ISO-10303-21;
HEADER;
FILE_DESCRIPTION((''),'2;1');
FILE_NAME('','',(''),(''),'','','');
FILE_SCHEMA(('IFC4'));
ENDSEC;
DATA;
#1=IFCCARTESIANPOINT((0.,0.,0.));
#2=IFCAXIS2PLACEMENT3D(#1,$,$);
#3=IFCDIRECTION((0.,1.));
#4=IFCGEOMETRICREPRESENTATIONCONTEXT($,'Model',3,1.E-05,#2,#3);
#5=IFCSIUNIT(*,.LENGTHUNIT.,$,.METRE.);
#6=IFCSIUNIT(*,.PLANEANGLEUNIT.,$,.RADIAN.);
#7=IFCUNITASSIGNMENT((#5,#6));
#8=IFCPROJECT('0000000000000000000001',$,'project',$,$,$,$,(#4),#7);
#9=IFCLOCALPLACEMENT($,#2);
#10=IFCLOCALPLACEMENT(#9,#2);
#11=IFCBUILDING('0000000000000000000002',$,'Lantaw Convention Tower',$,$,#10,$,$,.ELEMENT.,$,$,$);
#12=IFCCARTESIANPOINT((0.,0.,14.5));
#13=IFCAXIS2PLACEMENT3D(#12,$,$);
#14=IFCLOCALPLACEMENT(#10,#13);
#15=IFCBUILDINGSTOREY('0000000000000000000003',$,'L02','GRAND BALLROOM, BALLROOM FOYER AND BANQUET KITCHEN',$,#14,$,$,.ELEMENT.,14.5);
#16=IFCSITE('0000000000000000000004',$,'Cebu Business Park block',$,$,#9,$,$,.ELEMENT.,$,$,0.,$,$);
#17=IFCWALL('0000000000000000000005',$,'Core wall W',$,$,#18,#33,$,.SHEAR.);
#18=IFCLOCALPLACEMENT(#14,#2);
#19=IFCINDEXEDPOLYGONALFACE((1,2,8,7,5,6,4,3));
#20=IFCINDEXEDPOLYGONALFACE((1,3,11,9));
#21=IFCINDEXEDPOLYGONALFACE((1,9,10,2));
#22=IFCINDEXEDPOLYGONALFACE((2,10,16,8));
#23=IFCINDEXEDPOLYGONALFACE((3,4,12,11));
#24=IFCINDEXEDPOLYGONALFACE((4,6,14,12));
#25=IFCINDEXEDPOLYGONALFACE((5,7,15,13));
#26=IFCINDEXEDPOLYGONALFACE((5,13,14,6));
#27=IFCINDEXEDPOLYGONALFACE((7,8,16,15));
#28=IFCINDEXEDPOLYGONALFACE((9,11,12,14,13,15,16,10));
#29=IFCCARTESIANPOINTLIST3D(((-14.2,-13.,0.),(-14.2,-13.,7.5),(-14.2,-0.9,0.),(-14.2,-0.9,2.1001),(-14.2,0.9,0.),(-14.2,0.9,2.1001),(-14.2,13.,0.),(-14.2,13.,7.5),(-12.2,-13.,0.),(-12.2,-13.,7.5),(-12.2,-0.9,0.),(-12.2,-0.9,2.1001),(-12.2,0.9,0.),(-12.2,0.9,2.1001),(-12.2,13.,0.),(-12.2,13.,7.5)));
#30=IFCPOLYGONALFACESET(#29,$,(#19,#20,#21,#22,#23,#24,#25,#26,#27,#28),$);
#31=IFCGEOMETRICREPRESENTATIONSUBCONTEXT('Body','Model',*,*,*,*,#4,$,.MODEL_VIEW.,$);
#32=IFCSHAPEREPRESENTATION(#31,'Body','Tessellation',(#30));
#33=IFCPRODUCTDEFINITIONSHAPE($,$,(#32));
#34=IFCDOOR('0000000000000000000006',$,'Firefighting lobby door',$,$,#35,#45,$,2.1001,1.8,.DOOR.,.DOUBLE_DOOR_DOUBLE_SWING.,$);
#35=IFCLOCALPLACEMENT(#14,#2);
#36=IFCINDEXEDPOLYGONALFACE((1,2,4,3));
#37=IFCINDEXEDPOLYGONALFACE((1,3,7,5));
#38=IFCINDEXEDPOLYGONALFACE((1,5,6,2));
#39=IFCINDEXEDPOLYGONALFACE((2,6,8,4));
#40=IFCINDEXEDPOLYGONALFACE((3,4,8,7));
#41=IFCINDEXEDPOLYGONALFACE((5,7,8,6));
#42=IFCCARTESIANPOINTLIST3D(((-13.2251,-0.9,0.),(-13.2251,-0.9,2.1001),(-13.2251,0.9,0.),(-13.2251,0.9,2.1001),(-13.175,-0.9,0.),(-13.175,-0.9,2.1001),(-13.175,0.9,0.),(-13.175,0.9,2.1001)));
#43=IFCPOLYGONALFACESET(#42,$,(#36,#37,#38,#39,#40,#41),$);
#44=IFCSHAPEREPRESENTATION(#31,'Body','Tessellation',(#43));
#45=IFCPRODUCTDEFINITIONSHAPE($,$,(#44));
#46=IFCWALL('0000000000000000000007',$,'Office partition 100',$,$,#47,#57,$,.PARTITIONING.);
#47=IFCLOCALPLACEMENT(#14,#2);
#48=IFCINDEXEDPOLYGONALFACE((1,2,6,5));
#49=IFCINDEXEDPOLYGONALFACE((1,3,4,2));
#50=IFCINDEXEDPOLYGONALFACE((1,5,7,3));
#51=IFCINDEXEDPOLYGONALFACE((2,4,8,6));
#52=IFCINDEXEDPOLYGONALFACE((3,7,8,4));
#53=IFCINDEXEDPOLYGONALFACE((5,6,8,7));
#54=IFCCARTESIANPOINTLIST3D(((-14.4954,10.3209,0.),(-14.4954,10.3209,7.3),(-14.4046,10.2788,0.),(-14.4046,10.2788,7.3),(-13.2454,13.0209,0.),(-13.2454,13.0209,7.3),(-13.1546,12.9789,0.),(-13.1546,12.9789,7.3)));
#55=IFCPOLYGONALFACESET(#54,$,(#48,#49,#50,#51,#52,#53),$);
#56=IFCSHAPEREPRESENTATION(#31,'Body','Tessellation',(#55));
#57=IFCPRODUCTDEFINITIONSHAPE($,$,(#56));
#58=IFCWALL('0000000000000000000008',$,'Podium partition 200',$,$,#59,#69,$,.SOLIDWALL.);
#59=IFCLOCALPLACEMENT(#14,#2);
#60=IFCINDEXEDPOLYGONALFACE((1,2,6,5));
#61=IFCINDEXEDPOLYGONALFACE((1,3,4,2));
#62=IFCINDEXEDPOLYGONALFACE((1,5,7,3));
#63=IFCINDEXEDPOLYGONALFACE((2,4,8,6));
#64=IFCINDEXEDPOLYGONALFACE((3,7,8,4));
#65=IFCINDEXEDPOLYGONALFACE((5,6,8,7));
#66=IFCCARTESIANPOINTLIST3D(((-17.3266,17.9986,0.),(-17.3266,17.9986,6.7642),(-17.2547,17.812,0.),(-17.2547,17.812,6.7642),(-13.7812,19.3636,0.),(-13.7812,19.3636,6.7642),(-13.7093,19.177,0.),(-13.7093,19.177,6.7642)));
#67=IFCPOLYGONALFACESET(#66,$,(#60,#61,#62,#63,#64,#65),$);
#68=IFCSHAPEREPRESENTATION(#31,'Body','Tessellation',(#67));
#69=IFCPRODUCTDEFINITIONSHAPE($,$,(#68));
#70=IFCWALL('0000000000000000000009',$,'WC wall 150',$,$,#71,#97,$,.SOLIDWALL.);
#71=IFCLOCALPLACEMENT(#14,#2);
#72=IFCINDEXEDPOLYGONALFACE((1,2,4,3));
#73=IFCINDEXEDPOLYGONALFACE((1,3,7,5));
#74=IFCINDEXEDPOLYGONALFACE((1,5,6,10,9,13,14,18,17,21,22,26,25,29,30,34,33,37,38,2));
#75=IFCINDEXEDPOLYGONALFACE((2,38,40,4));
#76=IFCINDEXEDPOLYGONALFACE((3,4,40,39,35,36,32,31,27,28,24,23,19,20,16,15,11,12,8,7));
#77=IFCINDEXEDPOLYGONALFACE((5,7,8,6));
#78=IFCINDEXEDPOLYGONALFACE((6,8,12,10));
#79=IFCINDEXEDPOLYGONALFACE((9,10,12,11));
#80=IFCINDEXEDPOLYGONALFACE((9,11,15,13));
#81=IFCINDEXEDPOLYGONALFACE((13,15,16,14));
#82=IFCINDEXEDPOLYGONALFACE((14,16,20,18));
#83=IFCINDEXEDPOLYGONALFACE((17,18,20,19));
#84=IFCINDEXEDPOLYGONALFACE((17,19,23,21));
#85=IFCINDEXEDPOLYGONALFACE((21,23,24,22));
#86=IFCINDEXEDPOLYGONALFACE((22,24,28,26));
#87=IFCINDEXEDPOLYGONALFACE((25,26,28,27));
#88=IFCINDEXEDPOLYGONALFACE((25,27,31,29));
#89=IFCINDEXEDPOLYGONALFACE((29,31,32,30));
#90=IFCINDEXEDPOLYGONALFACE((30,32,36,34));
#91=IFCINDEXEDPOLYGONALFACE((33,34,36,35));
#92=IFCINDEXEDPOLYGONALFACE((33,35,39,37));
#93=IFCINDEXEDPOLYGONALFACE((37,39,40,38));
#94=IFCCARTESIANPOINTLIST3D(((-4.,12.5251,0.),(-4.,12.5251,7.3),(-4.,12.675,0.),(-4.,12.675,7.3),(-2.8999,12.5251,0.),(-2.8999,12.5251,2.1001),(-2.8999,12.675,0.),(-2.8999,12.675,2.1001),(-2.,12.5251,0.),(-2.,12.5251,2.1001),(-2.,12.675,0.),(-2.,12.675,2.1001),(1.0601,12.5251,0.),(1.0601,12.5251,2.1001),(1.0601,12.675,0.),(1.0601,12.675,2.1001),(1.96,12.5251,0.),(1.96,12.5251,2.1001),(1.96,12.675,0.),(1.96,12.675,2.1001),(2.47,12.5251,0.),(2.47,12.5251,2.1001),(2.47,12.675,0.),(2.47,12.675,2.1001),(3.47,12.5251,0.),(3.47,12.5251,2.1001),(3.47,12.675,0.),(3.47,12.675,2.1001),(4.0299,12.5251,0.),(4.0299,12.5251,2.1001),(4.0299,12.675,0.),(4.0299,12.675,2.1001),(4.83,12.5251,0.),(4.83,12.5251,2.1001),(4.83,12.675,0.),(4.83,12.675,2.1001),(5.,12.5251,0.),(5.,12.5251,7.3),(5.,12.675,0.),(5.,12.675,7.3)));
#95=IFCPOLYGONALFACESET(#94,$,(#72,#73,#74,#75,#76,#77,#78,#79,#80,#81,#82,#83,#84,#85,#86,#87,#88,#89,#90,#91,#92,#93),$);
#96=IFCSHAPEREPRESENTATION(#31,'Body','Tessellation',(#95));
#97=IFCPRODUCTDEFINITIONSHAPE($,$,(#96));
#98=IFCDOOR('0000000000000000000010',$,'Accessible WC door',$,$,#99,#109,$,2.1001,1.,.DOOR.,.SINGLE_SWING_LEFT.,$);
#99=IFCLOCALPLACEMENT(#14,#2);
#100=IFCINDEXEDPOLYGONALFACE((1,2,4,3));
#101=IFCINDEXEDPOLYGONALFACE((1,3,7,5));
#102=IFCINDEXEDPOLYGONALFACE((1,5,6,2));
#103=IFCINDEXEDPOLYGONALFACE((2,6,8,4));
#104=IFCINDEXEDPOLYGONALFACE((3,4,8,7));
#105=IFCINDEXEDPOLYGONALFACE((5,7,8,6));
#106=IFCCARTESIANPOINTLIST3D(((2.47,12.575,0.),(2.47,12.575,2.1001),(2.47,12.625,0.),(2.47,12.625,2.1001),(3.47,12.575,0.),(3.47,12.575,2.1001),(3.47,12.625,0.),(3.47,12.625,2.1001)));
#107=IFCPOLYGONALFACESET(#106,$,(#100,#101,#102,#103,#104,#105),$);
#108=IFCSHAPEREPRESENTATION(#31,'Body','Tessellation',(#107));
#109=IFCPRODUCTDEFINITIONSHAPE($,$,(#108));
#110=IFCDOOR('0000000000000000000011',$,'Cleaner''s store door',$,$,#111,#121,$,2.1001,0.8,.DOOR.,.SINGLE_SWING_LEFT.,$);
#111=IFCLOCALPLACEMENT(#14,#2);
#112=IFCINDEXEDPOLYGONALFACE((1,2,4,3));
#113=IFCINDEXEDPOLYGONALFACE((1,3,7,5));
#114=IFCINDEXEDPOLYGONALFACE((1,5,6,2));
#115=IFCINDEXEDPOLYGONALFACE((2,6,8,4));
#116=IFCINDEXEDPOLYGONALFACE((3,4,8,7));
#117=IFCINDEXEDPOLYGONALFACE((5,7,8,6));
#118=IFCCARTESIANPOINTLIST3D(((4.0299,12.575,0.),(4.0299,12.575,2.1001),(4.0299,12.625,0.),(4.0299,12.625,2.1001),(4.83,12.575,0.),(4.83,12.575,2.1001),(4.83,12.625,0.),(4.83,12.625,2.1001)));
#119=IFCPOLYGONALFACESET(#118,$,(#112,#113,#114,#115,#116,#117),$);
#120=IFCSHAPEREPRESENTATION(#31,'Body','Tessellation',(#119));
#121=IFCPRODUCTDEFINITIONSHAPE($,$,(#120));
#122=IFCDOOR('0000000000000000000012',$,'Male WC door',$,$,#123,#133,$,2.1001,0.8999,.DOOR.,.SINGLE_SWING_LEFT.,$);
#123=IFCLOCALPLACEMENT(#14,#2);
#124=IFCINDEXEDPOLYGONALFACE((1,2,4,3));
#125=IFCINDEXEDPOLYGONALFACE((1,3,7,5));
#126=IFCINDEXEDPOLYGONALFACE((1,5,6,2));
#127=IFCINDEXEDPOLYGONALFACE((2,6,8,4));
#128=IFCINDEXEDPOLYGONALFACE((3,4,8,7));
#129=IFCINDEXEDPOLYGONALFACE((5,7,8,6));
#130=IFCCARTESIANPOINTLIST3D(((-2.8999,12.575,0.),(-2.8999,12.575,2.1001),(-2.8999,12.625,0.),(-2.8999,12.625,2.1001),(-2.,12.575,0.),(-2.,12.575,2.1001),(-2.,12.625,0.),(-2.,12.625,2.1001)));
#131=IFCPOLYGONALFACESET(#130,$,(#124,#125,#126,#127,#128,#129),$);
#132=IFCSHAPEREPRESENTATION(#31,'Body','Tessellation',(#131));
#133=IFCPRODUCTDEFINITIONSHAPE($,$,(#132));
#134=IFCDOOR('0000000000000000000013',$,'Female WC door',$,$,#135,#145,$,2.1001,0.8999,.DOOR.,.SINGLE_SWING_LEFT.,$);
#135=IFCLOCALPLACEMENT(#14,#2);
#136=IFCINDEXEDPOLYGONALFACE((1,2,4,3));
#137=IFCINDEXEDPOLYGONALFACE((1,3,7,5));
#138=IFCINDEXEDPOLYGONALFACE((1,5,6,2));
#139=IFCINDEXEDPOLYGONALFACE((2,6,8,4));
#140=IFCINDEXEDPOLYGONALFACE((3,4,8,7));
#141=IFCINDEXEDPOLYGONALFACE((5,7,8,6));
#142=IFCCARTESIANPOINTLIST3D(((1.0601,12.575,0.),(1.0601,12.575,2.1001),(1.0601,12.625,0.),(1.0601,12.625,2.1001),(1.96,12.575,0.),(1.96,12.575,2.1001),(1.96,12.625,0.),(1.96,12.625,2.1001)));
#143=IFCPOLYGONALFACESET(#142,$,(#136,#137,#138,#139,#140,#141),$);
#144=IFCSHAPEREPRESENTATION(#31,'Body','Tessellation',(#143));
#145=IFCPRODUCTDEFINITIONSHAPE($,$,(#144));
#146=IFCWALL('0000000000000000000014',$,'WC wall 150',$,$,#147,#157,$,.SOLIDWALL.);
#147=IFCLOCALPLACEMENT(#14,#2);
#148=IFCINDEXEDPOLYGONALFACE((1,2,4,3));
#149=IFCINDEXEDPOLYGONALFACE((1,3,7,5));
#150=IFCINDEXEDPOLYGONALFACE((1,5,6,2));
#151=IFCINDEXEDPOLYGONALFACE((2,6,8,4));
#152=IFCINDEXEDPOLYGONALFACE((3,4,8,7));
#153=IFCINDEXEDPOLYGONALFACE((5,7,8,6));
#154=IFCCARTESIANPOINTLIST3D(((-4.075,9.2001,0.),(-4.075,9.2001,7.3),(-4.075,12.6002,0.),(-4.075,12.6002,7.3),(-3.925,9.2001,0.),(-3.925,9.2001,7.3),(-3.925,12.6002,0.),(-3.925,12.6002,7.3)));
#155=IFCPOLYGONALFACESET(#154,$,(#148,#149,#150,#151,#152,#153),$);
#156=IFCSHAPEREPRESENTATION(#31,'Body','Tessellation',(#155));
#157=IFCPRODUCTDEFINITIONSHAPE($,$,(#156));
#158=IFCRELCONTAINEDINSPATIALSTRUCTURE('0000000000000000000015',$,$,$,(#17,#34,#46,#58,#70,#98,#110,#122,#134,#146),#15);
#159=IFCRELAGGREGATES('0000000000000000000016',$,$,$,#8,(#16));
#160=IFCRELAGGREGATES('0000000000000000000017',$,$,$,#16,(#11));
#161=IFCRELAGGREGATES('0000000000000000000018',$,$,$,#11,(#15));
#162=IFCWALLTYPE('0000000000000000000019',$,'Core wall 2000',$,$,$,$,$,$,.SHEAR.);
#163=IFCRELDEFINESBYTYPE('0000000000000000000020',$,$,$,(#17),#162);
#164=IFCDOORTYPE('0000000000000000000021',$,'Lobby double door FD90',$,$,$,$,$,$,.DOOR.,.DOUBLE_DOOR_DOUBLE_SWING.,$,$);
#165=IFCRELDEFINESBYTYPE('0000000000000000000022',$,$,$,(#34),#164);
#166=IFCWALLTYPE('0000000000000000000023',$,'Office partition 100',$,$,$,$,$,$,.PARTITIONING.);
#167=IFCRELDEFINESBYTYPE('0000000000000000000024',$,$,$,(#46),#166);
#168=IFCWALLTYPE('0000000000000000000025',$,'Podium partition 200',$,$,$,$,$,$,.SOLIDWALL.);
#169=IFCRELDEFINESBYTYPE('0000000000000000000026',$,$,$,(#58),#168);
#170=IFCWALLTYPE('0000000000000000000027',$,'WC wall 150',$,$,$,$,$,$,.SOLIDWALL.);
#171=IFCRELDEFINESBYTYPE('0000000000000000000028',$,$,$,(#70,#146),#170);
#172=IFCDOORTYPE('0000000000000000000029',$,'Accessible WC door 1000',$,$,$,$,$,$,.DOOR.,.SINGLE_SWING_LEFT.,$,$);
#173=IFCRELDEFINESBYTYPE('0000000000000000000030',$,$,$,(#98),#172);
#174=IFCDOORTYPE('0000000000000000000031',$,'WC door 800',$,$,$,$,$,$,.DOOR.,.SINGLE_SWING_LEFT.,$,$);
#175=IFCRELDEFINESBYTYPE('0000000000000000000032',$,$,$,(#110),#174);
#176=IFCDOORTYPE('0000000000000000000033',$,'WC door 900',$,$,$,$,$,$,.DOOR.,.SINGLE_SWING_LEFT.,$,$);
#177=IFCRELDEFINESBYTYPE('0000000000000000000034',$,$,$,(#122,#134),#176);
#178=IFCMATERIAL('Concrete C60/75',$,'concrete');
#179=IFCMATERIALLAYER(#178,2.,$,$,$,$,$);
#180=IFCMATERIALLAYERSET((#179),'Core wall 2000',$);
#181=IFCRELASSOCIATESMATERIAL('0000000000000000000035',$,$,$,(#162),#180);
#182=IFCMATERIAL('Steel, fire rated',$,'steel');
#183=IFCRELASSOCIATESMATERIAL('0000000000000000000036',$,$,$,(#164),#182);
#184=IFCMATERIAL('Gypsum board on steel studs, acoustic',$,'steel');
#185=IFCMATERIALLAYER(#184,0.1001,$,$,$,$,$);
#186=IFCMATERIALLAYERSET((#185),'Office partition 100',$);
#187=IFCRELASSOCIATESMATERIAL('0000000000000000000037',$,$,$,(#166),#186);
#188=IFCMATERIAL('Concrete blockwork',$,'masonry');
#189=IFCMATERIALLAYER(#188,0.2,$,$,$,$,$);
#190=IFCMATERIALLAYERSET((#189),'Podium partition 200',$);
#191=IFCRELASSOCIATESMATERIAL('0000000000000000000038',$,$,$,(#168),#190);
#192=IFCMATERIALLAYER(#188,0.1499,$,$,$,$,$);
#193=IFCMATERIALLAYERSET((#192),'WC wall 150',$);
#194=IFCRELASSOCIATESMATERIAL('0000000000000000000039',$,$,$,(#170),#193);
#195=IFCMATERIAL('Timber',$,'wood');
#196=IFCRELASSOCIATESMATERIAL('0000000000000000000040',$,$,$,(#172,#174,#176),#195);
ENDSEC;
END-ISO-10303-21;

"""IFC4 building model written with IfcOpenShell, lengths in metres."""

from ifc_helpers import new_model, si_unit, direction, frame, frame_2d, origin, place, context, subcontext, project, spatial, rectangle, extrude, material, layer, layer_set, type_object, element, fill, save


model = new_model("IFC4")

# Units and contexts
model_context = context("Model", 3, precision=1e-05, world=origin(), true_north=direction((0.0, 1.0)))
body_context = subcontext(model_context, "Body", "Model", "MODEL_VIEW")
ifc_project = project(units=[si_unit("LENGTHUNIT", "METRE"), si_unit("PLANEANGLEUNIT", "RADIAN")], contexts=[model_context])

# Site, building, storey
site_placement = place(None, origin())
site = spatial("IfcSite", under=ifc_project, at=site_placement, Name="Cebu Business Park block", CompositionType="ELEMENT", RefElevation=0.0)
building_placement = place(site_placement, origin())
building = spatial("IfcBuilding", under=site, at=building_placement, Name="Lantaw Convention Tower", CompositionType="ELEMENT")
storey_placement = place(building_placement, frame((0.0, 0.0, 14.5)))
storey = spatial("IfcBuildingStorey", under=building, at=storey_placement, Name="L02", Description="GRAND BALLROOM, BALLROOM FOYER AND BANQUET KITCHEN", CompositionType="ELEMENT", Elevation=14.5)

# Shared definitions
ifc_material_1 = material(Name="Concrete C60/75", Category="concrete")

# Wall, opening, door
ifc_layer_1 = layer(ifc_material_1, 2.0)
ifc_layer_set_1 = layer_set([ifc_layer_1], Name="Core wall 2000")
wall_type_1 = type_object("IfcWallType", Name="Core wall 2000", PredefinedType="SHEAR", material=ifc_layer_set_1)
wall_1_placement = place(storey_placement, frame((-13.2, 13.0, 0.0), z_axis=(0.0, 0.0, 1.0), x_axis=(0.0, -1.0, 0.0)))
wall_1 = element("IfcWall", 1, at=wall_1_placement, inside=storey, type_object=wall_type_1, Name="Core wall W", PredefinedType="SHEAR", context=body_context, shape_type="SweptSolid", body=[
    extrude(rectangle(XDim=26.0, YDim=2.0, at=frame_2d((13.0, 0.0))), origin(), (0.0, 0.0, 1.0), 7.5),
])
opening_1_placement = place(wall_1_placement, frame((12.1001, 0.0, 0.0)))
opening_1 = element("IfcOpeningElement", 2, at=opening_1_placement, cuts=wall_1, PredefinedType="OPENING", context=body_context, shape_type="SweptSolid", body=[
    extrude(rectangle(XDim=1.8, YDim=2.1001, at=frame_2d((0.8999, 1.05))), frame((0.0, 1.01, 0.0), z_axis=(0.0, -1.0, 0.0), x_axis=(1.0, 0.0, 0.0)), (0.0, 0.0, 1.0), 2.02),
])
ifc_material_2 = material(Name="Steel, fire rated", Category="steel")
door_type_1 = type_object("IfcDoorType", Name="Lobby double door FD90", OperationType="DOUBLE_DOOR_DOUBLE_SWING", PredefinedType="DOOR", material=ifc_material_2)
door_1_placement = place(opening_1_placement, origin())
door_1 = element("IfcDoor", 3, at=door_1_placement, inside=storey, type_object=door_type_1, Name="Firefighting lobby door", OperationType="DOUBLE_DOOR_DOUBLE_SWING", OverallHeight=2.1001, OverallWidth=1.8, PredefinedType="DOOR", context=body_context, shape_type="SweptSolid", body=[
    extrude(rectangle(XDim=1.8, YDim=2.1001, at=frame_2d((0.8999, 1.05))), frame((0.0, 0.0249, 0.0), z_axis=(0.0, -1.0, 0.0), x_axis=(1.0, 0.0, 0.0)), (0.0, 0.0, 1.0), 0.05),
])
fill(opening_1, door_1)

# Walls
ifc_material_3 = material(Name="Gypsum board on steel studs, acoustic", Category="steel")
ifc_layer_2 = layer(ifc_material_3, 0.1001)
ifc_layer_set_2 = layer_set([ifc_layer_2], Name="Office partition 100")
wall_type_2 = type_object("IfcWallType", Name="Office partition 100", PredefinedType="PARTITIONING", material=ifc_layer_set_2)
wall_2_placement = place(storey_placement, frame((-13.2, 13.0, 0.0), z_axis=(0.0, 0.0, 1.0), x_axis=(-0.42013, -0.907464, 0.0)))
element("IfcWall", 4, at=wall_2_placement, inside=storey, type_object=wall_type_2, Name="Office partition 100", PredefinedType="PARTITIONING", context=body_context, shape_type="SweptSolid", body=[
    extrude(rectangle(XDim=2.9753, YDim=0.1001, at=frame_2d((1.4878, 0.0))), origin(), (0.0, 0.0, 1.0), 7.3),
])
ifc_material_4 = material(Name="Concrete blockwork", Category="masonry")
ifc_layer_3 = layer(ifc_material_4, 0.2)
ifc_layer_set_3 = layer_set([ifc_layer_3], Name="Podium partition 200")
wall_type_3 = type_object("IfcWallType", Name="Podium partition 200", PredefinedType="SOLIDWALL", material=ifc_layer_set_3)
wall_3_placement = place(storey_placement, frame((-13.7454, 19.2703, 0.0), z_axis=(0.0, 0.0, 1.0), x_axis=(-0.933225, -0.359293, 0.0)))
element("IfcWall", 5, at=wall_3_placement, inside=storey, type_object=wall_type_3, Name="Podium partition 200", PredefinedType="SOLIDWALL", context=body_context, shape_type="SweptSolid", body=[
    extrude(rectangle(XDim=3.7991, YDim=0.2, at=frame_2d((1.8994, 0.0))), origin(), (0.0, 0.0, 1.0), 6.7642),
])

# Wall, openings, doors
ifc_layer_4 = layer(ifc_material_4, 0.1499)
ifc_layer_set_4 = layer_set([ifc_layer_4], Name="WC wall 150")
wall_type_4 = type_object("IfcWallType", Name="WC wall 150", PredefinedType="SOLIDWALL", material=ifc_layer_set_4)
wall_4_placement = place(storey_placement, frame((-4.0, 12.6001, 0.0), z_axis=(0.0, 0.0, 1.0), x_axis=(1.0, 0.0, 0.0)))
wall_4 = element("IfcWall", 6, at=wall_4_placement, inside=storey, type_object=wall_type_4, Name="WC wall 150", PredefinedType="SOLIDWALL", context=body_context, shape_type="SweptSolid", body=[
    extrude(rectangle(XDim=9.0, YDim=0.1499, at=frame_2d((4.5, 0.0))), origin(), (0.0, 0.0, 1.0), 7.3),
])
opening_2_placement = place(wall_4_placement, frame((1.1001, 0.0, 0.0)))
opening_2 = element("IfcOpeningElement", 7, at=opening_2_placement, cuts=wall_4, PredefinedType="OPENING", context=body_context, shape_type="SweptSolid", body=[
    extrude(rectangle(XDim=0.8999, YDim=2.1001, at=frame_2d((0.45, 1.05))), frame((0.0, 0.085, 0.0), z_axis=(0.0, -1.0, 0.0), x_axis=(1.0, 0.0, 0.0)), (0.0, 0.0, 1.0), 0.1699),
])
opening_3_placement = place(wall_4_placement, frame((5.0601, 0.0, 0.0)))
opening_3 = element("IfcOpeningElement", 8, at=opening_3_placement, cuts=wall_4, PredefinedType="OPENING", context=body_context, shape_type="SweptSolid", body=[
    extrude(rectangle(XDim=0.8999, YDim=2.1001, at=frame_2d((0.45, 1.05))), frame((0.0, 0.085, 0.0), z_axis=(0.0, -1.0, 0.0), x_axis=(1.0, 0.0, 0.0)), (0.0, 0.0, 1.0), 0.1699),
])
opening_4_placement = place(wall_4_placement, frame((6.47, 0.0, 0.0)))
opening_4 = element("IfcOpeningElement", 9, at=opening_4_placement, cuts=wall_4, PredefinedType="OPENING", context=body_context, shape_type="SweptSolid", body=[
    extrude(rectangle(XDim=1.0, YDim=2.1001, at=frame_2d((0.5, 1.05))), frame((0.0, 0.085, 0.0), z_axis=(0.0, -1.0, 0.0), x_axis=(1.0, 0.0, 0.0)), (0.0, 0.0, 1.0), 0.1699),
])
opening_5_placement = place(wall_4_placement, frame((8.03, 0.0, 0.0)))
opening_5 = element("IfcOpeningElement", 10, at=opening_5_placement, cuts=wall_4, PredefinedType="OPENING", context=body_context, shape_type="SweptSolid", body=[
    extrude(rectangle(XDim=0.8, YDim=2.1001, at=frame_2d((0.3999, 1.05))), frame((0.0, 0.085, 0.0), z_axis=(0.0, -1.0, 0.0), x_axis=(1.0, 0.0, 0.0)), (0.0, 0.0, 1.0), 0.1699),
])
ifc_material_5 = material(Name="Timber", Category="wood")
door_type_2 = type_object("IfcDoorType", Name="Accessible WC door 1000", OperationType="SINGLE_SWING_LEFT", PredefinedType="DOOR", material=ifc_material_5)
door_2_placement = place(opening_4_placement, origin())
door_2 = element("IfcDoor", 11, at=door_2_placement, inside=storey, type_object=door_type_2, Name="Accessible WC door", OperationType="SINGLE_SWING_LEFT", OverallHeight=2.1001, OverallWidth=1.0, PredefinedType="DOOR", context=body_context, shape_type="SweptSolid", body=[
    extrude(rectangle(XDim=1.0, YDim=2.1001, at=frame_2d((0.5, 1.05))), frame((0.0, 0.0249, 0.0), z_axis=(0.0, -1.0, 0.0), x_axis=(1.0, 0.0, 0.0)), (0.0, 0.0, 1.0), 0.05),
])
fill(opening_4, door_2)
door_type_3 = type_object("IfcDoorType", Name="WC door 800", OperationType="SINGLE_SWING_LEFT", PredefinedType="DOOR", material=ifc_material_5)
door_3_placement = place(opening_5_placement, origin())
door_3 = element("IfcDoor", 12, at=door_3_placement, inside=storey, type_object=door_type_3, Name="Cleaner's store door", OperationType="SINGLE_SWING_LEFT", OverallHeight=2.1001, OverallWidth=0.8, PredefinedType="DOOR", context=body_context, shape_type="SweptSolid", body=[
    extrude(rectangle(XDim=0.8, YDim=2.1001, at=frame_2d((0.3999, 1.05))), frame((0.0, 0.0249, 0.0), z_axis=(0.0, -1.0, 0.0), x_axis=(1.0, 0.0, 0.0)), (0.0, 0.0, 1.0), 0.05),
])
fill(opening_5, door_3)
door_type_4 = type_object("IfcDoorType", Name="WC door 900", OperationType="SINGLE_SWING_LEFT", PredefinedType="DOOR", material=ifc_material_5)
door_4_placement = place(opening_2_placement, origin())
door_4 = element("IfcDoor", 13, at=door_4_placement, inside=storey, type_object=door_type_4, Name="Male WC door", OperationType="SINGLE_SWING_LEFT", OverallHeight=2.1001, OverallWidth=0.8999, PredefinedType="DOOR", context=body_context, shape_type="SweptSolid", body=[
    extrude(rectangle(XDim=0.8999, YDim=2.1001, at=frame_2d((0.45, 1.05))), frame((0.0, 0.0249, 0.0), z_axis=(0.0, -1.0, 0.0), x_axis=(1.0, 0.0, 0.0)), (0.0, 0.0, 1.0), 0.05),
])
fill(opening_2, door_4)
door_5_placement = place(opening_3_placement, origin())
door_5 = element("IfcDoor", 14, at=door_5_placement, inside=storey, type_object=door_type_4, Name="Female WC door", OperationType="SINGLE_SWING_LEFT", OverallHeight=2.1001, OverallWidth=0.8999, PredefinedType="DOOR", context=body_context, shape_type="SweptSolid", body=[
    extrude(rectangle(XDim=0.8999, YDim=2.1001, at=frame_2d((0.45, 1.05))), frame((0.0, 0.0249, 0.0), z_axis=(0.0, -1.0, 0.0), x_axis=(1.0, 0.0, 0.0)), (0.0, 0.0, 1.0), 0.05),
])
fill(opening_3, door_5)

# Wall
for number, where, z_axis, x_axis, name in (
    (15, (-4.0, 9.2, 0.0), (0.0, 0.0, 1.0), (0.0, 1.0, 0.0), "WC wall 150"),
):
    element("IfcWall", number, at=place(storey_placement, frame(where, z_axis=z_axis, x_axis=x_axis)), inside=storey, type_object=wall_type_4, Name=name, PredefinedType="SOLIDWALL", context=body_context, shape_type="SweptSolid", body=[
        extrude(rectangle(XDim=3.4001, YDim=0.1499, at=frame_2d((1.7002, 0.0))), origin(), (0.0, 0.0, 1.0), 7.3),
    ])

save(model, "model.ifc")
